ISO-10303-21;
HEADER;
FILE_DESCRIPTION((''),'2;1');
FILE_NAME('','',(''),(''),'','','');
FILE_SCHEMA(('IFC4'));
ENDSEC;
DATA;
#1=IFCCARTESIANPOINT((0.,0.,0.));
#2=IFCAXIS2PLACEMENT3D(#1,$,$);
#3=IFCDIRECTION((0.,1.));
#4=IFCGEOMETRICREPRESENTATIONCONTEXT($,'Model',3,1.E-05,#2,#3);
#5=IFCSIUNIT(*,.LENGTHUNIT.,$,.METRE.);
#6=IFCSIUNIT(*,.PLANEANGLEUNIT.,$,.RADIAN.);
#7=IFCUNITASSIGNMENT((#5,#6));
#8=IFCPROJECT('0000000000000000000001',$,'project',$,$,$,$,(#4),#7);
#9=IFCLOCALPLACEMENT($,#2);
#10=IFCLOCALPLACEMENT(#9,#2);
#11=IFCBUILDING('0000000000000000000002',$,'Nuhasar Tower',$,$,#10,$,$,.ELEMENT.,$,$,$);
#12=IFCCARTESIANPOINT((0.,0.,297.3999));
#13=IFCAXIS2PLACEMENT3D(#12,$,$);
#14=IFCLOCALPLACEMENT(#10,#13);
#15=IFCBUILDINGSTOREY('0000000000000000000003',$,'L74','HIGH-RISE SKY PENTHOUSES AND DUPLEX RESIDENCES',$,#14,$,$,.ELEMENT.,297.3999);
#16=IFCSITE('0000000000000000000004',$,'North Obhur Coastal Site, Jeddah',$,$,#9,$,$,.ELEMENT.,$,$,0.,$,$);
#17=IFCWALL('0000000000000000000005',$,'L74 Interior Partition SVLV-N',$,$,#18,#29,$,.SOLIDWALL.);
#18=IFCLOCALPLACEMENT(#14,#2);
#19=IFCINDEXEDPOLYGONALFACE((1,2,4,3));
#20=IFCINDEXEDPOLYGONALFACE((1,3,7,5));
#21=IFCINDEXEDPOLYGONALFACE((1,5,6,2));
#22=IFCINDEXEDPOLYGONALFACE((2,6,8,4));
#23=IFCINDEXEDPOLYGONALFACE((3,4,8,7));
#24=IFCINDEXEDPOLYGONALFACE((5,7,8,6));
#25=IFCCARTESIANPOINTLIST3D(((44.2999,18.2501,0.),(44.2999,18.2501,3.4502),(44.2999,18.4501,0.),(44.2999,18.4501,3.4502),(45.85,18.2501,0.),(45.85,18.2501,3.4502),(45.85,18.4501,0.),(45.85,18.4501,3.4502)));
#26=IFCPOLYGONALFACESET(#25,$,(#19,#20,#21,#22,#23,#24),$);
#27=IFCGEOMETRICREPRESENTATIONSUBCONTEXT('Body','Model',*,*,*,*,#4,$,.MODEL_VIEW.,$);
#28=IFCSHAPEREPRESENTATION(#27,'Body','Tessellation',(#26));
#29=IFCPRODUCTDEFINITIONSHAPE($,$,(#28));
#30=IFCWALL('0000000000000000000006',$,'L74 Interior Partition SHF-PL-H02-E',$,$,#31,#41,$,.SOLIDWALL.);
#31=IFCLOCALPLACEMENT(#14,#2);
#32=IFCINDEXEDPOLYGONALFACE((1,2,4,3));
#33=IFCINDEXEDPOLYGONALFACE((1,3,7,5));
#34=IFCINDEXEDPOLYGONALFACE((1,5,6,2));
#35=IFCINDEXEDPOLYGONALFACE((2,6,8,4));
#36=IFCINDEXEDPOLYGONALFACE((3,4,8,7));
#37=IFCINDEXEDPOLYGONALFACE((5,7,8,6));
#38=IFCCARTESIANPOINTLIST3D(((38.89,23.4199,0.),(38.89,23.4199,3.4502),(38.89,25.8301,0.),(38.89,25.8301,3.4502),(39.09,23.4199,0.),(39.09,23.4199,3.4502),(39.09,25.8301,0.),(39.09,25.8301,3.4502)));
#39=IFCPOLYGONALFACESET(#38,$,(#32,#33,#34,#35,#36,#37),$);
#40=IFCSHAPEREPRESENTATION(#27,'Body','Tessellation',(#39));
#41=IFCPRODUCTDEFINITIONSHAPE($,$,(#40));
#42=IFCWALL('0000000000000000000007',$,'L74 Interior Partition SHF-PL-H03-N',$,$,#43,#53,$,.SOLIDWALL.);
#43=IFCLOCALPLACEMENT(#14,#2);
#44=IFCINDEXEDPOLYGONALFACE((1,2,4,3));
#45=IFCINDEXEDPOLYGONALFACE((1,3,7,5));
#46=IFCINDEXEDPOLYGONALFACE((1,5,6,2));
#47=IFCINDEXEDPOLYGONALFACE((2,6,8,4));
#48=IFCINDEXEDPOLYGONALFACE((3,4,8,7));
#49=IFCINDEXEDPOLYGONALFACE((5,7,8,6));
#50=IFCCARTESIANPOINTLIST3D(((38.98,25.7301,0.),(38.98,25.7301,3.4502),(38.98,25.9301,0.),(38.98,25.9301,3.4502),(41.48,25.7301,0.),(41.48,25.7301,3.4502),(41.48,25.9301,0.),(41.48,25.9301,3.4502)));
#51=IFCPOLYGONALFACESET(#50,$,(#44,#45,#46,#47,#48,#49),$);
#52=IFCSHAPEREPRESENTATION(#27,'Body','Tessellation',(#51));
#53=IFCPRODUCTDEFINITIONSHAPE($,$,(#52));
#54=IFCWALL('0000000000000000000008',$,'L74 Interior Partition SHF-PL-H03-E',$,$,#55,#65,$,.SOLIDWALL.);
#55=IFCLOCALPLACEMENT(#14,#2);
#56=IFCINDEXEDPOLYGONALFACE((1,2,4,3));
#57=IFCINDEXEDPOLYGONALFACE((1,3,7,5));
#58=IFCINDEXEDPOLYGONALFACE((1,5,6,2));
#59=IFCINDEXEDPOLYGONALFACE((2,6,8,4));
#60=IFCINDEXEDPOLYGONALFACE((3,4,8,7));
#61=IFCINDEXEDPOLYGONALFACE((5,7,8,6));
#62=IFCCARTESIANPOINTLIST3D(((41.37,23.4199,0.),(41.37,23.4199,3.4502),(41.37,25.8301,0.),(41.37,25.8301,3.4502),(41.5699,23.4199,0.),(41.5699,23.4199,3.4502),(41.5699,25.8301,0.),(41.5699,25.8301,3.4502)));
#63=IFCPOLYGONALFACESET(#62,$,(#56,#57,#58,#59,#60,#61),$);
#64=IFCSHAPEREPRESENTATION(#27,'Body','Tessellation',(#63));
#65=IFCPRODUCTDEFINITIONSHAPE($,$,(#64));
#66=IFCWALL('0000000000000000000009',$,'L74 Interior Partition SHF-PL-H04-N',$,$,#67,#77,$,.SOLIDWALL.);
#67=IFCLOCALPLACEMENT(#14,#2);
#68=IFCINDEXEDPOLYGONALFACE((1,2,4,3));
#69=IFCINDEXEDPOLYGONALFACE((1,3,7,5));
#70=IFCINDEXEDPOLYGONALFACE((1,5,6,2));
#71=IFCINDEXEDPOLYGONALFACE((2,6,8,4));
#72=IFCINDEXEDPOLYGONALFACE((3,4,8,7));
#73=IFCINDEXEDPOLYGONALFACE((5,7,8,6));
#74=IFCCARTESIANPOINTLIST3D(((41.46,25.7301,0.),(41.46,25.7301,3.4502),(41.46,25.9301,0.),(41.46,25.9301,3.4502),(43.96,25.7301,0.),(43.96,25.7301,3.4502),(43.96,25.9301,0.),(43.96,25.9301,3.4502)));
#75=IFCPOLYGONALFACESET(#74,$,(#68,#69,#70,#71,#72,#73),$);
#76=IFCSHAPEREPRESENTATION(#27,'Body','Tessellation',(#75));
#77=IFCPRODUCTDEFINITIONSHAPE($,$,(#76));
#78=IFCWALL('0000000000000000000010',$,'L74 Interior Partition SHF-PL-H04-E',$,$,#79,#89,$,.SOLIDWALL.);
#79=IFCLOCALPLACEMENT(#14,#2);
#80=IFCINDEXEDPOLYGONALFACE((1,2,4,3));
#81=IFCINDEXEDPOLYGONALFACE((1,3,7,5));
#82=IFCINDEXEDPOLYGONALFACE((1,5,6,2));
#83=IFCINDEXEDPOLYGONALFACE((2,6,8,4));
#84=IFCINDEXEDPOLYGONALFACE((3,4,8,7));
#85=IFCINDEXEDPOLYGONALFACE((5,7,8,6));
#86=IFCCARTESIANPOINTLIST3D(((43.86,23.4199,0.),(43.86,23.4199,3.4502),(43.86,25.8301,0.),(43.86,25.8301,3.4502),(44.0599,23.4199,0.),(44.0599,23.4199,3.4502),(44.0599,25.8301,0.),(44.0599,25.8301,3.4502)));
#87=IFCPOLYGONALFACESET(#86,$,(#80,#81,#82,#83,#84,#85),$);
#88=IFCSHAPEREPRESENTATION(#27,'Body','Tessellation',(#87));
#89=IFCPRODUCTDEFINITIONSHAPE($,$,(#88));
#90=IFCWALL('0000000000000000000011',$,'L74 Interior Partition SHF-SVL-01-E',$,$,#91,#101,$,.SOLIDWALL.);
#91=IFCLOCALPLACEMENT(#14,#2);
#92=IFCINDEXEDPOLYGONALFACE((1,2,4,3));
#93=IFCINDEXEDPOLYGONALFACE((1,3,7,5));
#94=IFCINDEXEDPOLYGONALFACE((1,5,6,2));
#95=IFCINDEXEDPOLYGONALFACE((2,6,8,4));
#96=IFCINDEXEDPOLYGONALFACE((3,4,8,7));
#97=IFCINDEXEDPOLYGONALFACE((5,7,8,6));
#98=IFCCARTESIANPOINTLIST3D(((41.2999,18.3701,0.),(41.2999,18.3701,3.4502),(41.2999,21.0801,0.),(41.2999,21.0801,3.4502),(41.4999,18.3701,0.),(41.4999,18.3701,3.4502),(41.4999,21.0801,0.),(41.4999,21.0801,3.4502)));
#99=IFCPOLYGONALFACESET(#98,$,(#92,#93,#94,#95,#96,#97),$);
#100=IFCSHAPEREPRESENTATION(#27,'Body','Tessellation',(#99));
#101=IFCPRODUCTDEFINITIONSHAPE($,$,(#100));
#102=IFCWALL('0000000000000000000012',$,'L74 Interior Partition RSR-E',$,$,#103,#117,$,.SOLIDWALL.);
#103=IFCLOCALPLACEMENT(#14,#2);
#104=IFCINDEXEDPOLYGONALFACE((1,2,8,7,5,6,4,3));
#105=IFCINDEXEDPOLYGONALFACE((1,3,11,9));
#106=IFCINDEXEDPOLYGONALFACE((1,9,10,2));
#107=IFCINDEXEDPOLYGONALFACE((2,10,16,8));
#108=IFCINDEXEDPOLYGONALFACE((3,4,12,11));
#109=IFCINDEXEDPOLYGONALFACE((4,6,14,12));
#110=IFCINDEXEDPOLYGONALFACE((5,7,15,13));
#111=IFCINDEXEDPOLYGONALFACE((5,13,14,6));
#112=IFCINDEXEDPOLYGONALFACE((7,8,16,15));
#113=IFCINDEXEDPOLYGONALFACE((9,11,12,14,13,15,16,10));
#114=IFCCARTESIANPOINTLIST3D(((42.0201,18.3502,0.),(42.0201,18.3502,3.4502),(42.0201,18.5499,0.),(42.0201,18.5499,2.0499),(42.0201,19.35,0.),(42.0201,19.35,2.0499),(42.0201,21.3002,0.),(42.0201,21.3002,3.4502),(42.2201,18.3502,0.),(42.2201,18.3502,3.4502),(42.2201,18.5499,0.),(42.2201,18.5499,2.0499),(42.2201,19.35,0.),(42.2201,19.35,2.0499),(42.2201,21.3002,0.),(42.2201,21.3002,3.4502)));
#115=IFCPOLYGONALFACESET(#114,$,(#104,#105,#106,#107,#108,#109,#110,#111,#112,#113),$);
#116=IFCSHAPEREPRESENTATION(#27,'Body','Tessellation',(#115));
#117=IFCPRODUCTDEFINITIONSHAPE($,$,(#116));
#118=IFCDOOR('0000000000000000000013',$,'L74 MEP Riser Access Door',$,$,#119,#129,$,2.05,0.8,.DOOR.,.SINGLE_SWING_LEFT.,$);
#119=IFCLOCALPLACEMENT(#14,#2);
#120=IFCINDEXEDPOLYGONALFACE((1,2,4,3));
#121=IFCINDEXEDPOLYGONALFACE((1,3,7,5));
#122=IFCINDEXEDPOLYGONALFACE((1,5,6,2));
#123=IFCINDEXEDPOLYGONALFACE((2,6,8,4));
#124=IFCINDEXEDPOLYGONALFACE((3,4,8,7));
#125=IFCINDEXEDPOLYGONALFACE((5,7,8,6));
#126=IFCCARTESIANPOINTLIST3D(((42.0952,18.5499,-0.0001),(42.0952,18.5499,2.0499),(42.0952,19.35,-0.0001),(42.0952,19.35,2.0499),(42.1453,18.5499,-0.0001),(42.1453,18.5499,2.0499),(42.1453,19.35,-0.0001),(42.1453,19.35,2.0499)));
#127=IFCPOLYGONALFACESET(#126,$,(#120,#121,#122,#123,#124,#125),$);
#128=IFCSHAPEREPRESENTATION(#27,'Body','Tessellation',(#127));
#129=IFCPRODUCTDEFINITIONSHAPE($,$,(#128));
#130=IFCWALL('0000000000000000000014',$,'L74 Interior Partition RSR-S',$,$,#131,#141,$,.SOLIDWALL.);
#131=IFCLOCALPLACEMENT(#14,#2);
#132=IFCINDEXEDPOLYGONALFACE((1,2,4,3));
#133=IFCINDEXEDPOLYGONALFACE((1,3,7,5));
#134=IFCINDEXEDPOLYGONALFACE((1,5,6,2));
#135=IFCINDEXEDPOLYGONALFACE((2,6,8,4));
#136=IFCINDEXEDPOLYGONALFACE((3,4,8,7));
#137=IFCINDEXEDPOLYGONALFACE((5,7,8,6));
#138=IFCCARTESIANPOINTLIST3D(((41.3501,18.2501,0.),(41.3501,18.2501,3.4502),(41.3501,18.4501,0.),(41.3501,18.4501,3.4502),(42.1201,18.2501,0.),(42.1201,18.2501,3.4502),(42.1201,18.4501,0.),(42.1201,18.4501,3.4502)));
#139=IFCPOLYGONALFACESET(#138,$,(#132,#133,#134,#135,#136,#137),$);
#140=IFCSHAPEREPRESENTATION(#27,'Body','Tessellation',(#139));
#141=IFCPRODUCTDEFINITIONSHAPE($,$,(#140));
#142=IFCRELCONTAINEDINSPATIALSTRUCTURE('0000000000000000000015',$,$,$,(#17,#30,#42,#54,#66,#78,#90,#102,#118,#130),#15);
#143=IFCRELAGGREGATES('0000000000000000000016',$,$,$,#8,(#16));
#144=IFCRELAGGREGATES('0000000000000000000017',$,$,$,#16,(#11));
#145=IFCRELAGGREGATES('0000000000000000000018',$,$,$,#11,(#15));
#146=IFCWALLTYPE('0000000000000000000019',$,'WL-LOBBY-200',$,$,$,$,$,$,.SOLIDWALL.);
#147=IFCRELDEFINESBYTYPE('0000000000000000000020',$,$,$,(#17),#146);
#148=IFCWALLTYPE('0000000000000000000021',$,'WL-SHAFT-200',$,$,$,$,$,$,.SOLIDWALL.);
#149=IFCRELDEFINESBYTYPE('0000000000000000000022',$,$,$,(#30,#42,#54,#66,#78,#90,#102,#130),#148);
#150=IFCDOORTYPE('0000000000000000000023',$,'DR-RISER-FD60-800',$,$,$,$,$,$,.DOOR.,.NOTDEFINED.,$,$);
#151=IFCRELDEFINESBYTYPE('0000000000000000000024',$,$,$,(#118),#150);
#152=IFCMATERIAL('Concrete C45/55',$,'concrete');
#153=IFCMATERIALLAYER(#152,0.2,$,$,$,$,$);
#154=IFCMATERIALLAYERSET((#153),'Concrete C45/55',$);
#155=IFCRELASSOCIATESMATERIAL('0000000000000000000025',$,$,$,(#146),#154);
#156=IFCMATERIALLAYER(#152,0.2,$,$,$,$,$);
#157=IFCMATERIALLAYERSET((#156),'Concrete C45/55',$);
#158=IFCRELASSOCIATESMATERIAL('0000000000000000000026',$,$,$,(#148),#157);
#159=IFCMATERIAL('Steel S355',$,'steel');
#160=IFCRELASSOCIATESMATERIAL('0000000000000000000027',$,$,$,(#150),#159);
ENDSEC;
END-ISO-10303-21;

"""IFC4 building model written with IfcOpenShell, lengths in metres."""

from ifc_helpers import new_model, si_unit, direction, frame, frame_2d, origin, place, context, subcontext, project, spatial, rectangle, extrude, material, layer, layer_set, type_object, element, fill, save


model = new_model("IFC4")

# Units and contexts
model_context = context("Model", 3, precision=1e-05, world=origin(), true_north=direction((0.0, 1.0)))
body_context = subcontext(model_context, "Body", "Model", "MODEL_VIEW")
ifc_project = project(units=[si_unit("LENGTHUNIT", "METRE"), si_unit("PLANEANGLEUNIT", "RADIAN")], contexts=[model_context])

# Site, building, storey
site_placement = place(None, origin())
site = spatial("IfcSite", under=ifc_project, at=site_placement, Name="North Obhur Coastal Site, Jeddah", CompositionType="ELEMENT", RefElevation=0.0)
building_placement = place(site_placement, origin())
building = spatial("IfcBuilding", under=site, at=building_placement, Name="Nuhasar Tower", CompositionType="ELEMENT")
storey_placement = place(building_placement, frame((0.0, 0.0, 297.3999)))
storey = spatial("IfcBuildingStorey", under=building, at=storey_placement, Name="L74", Description="HIGH-RISE SKY PENTHOUSES AND DUPLEX RESIDENCES", CompositionType="ELEMENT", Elevation=297.3999)

# Shared definitions
ifc_material_1 = material(Name="Steel S355", Category="steel")

# Shared definitions
ifc_material_2 = material(Name="Concrete C45/55", Category="concrete")
ifc_layer_1 = layer(ifc_material_2, 0.2)
ifc_layer_set_1 = layer_set([ifc_layer_1], Name="Concrete C45/55")
wall_type_1 = type_object("IfcWallType", Name="WL-LOBBY-200", PredefinedType="SOLIDWALL", material=ifc_layer_set_1)

# Walls
wall_1_placement = place(storey_placement, frame((44.3, 18.3501, 0.0), z_axis=(0.0, 0.0, 1.0), x_axis=(1.0, 0.0, 0.0)))
element("IfcWall", 1, at=wall_1_placement, inside=storey, type_object=wall_type_1, Name="L74 Interior Partition SVLV-N", PredefinedType="SOLIDWALL", context=body_context, shape_type="SweptSolid", body=[
    extrude(rectangle(XDim=1.55, YDim=0.2, at=frame_2d((0.7749, 0.0))), origin(), (0.0, 0.0, 1.0), 3.4502),
])
ifc_layer_2 = layer(ifc_material_2, 0.2)
ifc_layer_set_2 = layer_set([ifc_layer_2], Name="Concrete C45/55")
wall_type_2 = type_object("IfcWallType", Name="WL-SHAFT-200", PredefinedType="SOLIDWALL", material=ifc_layer_set_2)
wall_2_placement = place(storey_placement, frame((38.99, 23.4199, 0.0), z_axis=(0.0, 0.0, 1.0), x_axis=(0.0, 1.0, 0.0)))
element("IfcWall", 2, at=wall_2_placement, inside=storey, type_object=wall_type_2, Name="L74 Interior Partition SHF-PL-H02-E", PredefinedType="SOLIDWALL", context=body_context, shape_type="SweptSolid", body=[
    extrude(rectangle(XDim=2.4102, YDim=0.2, at=frame_2d((1.2051, 0.0))), origin(), (0.0, 0.0, 1.0), 3.4502),
])
wall_3_placement = place(storey_placement, frame((38.98, 25.8301, 0.0), z_axis=(0.0, 0.0, 1.0), x_axis=(1.0, 0.0, 0.0)))
element("IfcWall", 3, at=wall_3_placement, inside=storey, type_object=wall_type_2, Name="L74 Interior Partition SHF-PL-H03-N", PredefinedType="SOLIDWALL", context=body_context, shape_type="SweptSolid", body=[
    extrude(rectangle(XDim=2.5, YDim=0.2, at=frame_2d((1.25, 0.0))), origin(), (0.0, 0.0, 1.0), 3.4502),
])
wall_4_placement = place(storey_placement, frame((41.47, 23.4199, 0.0), z_axis=(0.0, 0.0, 1.0), x_axis=(0.0, 1.0, 0.0)))
element("IfcWall", 4, at=wall_4_placement, inside=storey, type_object=wall_type_2, Name="L74 Interior Partition SHF-PL-H03-E", PredefinedType="SOLIDWALL", context=body_context, shape_type="SweptSolid", body=[
    extrude(rectangle(XDim=2.4102, YDim=0.2, at=frame_2d((1.2051, 0.0))), origin(), (0.0, 0.0, 1.0), 3.4502),
])

# Walls
wall_5_placement = place(storey_placement, frame((41.46, 25.8301, 0.0), z_axis=(0.0, 0.0, 1.0), x_axis=(1.0, 0.0, 0.0)))
element("IfcWall", 5, at=wall_5_placement, inside=storey, type_object=wall_type_2, Name="L74 Interior Partition SHF-PL-H04-N", PredefinedType="SOLIDWALL", context=body_context, shape_type="SweptSolid", body=[
    extrude(rectangle(XDim=2.5, YDim=0.2, at=frame_2d((1.25, 0.0))), origin(), (0.0, 0.0, 1.0), 3.4502),
])
wall_6_placement = place(storey_placement, frame((43.96, 23.4199, 0.0), z_axis=(0.0, 0.0, 1.0), x_axis=(0.0, 1.0, 0.0)))
element("IfcWall", 6, at=wall_6_placement, inside=storey, type_object=wall_type_2, Name="L74 Interior Partition SHF-PL-H04-E", PredefinedType="SOLIDWALL", context=body_context, shape_type="SweptSolid", body=[
    extrude(rectangle(XDim=2.4102, YDim=0.2, at=frame_2d((1.2051, 0.0))), origin(), (0.0, 0.0, 1.0), 3.4502),
])
wall_7_placement = place(storey_placement, frame((41.3999, 18.3701, 0.0), z_axis=(0.0, 0.0, 1.0), x_axis=(0.0, 1.0, 0.0)))
element("IfcWall", 7, at=wall_7_placement, inside=storey, type_object=wall_type_2, Name="L74 Interior Partition SHF-SVL-01-E", PredefinedType="SOLIDWALL", context=body_context, shape_type="SweptSolid", body=[
    extrude(rectangle(XDim=2.71, YDim=0.2, at=frame_2d((1.355, 0.0))), origin(), (0.0, 0.0, 1.0), 3.4502),
])

# Wall, opening, door
wall_8_placement = place(storey_placement, frame((42.1201, 18.3501, 0.0), z_axis=(0.0, 0.0, 1.0), x_axis=(0.0, 1.0, 0.0)))
wall_8 = element("IfcWall", 8, at=wall_8_placement, inside=storey, type_object=wall_type_2, Name="L74 Interior Partition RSR-E", PredefinedType="SOLIDWALL", context=body_context, shape_type="SweptSolid", body=[
    extrude(rectangle(XDim=2.95, YDim=0.2, at=frame_2d((1.4751, 0.0))), origin(), (0.0, 0.0, 1.0), 3.4502),
])
opening_1_placement = place(wall_8_placement, frame((0.2, 0.0, 0.0)))
opening_1 = element("IfcOpeningElement", 9, at=opening_1_placement, cuts=wall_8, PredefinedType="OPENING", context=body_context, shape_type="SweptSolid", body=[
    extrude(rectangle(XDim=0.8, YDim=2.05, at=frame_2d((0.3999, 1.0249))), frame((0.0, 0.1099, 0.0), z_axis=(0.0, -1.0, 0.0), x_axis=(1.0, 0.0, 0.0)), (0.0, 0.0, 1.0), 0.22),
])
door_type_1 = type_object("IfcDoorType", Name="DR-RISER-FD60-800", OperationType="NOTDEFINED", PredefinedType="DOOR", material=ifc_material_1)
door_1_placement = place(opening_1_placement, origin())
door_1 = element("IfcDoor", 10, at=door_1_placement, inside=storey, type_object=door_type_1, Name="L74 MEP Riser Access Door", OperationType="SINGLE_SWING_LEFT", OverallHeight=2.05, OverallWidth=0.8, PredefinedType="DOOR", context=body_context, shape_type="SweptSolid", body=[
    extrude(rectangle(XDim=0.8, YDim=2.05, at=frame_2d((0.3999, 1.0249))), frame((0.0, 0.0249, 0.0), z_axis=(0.0, -1.0, 0.0), x_axis=(1.0, 0.0, 0.0)), (0.0, 0.0, 1.0), 0.05),
])
fill(opening_1, door_1)

# Wall
wall_9_placement = place(storey_placement, frame((41.3501, 18.3501, 0.0), z_axis=(0.0, 0.0, 1.0), x_axis=(1.0, 0.0, 0.0)))
element("IfcWall", 11, at=wall_9_placement, inside=storey, type_object=wall_type_2, Name="L74 Interior Partition RSR-S", PredefinedType="SOLIDWALL", context=body_context, shape_type="SweptSolid", body=[
    extrude(rectangle(XDim=0.77, YDim=0.2, at=frame_2d((0.385, 0.0))), origin(), (0.0, 0.0, 1.0), 3.4502),
])

save(model, "model.ifc")
